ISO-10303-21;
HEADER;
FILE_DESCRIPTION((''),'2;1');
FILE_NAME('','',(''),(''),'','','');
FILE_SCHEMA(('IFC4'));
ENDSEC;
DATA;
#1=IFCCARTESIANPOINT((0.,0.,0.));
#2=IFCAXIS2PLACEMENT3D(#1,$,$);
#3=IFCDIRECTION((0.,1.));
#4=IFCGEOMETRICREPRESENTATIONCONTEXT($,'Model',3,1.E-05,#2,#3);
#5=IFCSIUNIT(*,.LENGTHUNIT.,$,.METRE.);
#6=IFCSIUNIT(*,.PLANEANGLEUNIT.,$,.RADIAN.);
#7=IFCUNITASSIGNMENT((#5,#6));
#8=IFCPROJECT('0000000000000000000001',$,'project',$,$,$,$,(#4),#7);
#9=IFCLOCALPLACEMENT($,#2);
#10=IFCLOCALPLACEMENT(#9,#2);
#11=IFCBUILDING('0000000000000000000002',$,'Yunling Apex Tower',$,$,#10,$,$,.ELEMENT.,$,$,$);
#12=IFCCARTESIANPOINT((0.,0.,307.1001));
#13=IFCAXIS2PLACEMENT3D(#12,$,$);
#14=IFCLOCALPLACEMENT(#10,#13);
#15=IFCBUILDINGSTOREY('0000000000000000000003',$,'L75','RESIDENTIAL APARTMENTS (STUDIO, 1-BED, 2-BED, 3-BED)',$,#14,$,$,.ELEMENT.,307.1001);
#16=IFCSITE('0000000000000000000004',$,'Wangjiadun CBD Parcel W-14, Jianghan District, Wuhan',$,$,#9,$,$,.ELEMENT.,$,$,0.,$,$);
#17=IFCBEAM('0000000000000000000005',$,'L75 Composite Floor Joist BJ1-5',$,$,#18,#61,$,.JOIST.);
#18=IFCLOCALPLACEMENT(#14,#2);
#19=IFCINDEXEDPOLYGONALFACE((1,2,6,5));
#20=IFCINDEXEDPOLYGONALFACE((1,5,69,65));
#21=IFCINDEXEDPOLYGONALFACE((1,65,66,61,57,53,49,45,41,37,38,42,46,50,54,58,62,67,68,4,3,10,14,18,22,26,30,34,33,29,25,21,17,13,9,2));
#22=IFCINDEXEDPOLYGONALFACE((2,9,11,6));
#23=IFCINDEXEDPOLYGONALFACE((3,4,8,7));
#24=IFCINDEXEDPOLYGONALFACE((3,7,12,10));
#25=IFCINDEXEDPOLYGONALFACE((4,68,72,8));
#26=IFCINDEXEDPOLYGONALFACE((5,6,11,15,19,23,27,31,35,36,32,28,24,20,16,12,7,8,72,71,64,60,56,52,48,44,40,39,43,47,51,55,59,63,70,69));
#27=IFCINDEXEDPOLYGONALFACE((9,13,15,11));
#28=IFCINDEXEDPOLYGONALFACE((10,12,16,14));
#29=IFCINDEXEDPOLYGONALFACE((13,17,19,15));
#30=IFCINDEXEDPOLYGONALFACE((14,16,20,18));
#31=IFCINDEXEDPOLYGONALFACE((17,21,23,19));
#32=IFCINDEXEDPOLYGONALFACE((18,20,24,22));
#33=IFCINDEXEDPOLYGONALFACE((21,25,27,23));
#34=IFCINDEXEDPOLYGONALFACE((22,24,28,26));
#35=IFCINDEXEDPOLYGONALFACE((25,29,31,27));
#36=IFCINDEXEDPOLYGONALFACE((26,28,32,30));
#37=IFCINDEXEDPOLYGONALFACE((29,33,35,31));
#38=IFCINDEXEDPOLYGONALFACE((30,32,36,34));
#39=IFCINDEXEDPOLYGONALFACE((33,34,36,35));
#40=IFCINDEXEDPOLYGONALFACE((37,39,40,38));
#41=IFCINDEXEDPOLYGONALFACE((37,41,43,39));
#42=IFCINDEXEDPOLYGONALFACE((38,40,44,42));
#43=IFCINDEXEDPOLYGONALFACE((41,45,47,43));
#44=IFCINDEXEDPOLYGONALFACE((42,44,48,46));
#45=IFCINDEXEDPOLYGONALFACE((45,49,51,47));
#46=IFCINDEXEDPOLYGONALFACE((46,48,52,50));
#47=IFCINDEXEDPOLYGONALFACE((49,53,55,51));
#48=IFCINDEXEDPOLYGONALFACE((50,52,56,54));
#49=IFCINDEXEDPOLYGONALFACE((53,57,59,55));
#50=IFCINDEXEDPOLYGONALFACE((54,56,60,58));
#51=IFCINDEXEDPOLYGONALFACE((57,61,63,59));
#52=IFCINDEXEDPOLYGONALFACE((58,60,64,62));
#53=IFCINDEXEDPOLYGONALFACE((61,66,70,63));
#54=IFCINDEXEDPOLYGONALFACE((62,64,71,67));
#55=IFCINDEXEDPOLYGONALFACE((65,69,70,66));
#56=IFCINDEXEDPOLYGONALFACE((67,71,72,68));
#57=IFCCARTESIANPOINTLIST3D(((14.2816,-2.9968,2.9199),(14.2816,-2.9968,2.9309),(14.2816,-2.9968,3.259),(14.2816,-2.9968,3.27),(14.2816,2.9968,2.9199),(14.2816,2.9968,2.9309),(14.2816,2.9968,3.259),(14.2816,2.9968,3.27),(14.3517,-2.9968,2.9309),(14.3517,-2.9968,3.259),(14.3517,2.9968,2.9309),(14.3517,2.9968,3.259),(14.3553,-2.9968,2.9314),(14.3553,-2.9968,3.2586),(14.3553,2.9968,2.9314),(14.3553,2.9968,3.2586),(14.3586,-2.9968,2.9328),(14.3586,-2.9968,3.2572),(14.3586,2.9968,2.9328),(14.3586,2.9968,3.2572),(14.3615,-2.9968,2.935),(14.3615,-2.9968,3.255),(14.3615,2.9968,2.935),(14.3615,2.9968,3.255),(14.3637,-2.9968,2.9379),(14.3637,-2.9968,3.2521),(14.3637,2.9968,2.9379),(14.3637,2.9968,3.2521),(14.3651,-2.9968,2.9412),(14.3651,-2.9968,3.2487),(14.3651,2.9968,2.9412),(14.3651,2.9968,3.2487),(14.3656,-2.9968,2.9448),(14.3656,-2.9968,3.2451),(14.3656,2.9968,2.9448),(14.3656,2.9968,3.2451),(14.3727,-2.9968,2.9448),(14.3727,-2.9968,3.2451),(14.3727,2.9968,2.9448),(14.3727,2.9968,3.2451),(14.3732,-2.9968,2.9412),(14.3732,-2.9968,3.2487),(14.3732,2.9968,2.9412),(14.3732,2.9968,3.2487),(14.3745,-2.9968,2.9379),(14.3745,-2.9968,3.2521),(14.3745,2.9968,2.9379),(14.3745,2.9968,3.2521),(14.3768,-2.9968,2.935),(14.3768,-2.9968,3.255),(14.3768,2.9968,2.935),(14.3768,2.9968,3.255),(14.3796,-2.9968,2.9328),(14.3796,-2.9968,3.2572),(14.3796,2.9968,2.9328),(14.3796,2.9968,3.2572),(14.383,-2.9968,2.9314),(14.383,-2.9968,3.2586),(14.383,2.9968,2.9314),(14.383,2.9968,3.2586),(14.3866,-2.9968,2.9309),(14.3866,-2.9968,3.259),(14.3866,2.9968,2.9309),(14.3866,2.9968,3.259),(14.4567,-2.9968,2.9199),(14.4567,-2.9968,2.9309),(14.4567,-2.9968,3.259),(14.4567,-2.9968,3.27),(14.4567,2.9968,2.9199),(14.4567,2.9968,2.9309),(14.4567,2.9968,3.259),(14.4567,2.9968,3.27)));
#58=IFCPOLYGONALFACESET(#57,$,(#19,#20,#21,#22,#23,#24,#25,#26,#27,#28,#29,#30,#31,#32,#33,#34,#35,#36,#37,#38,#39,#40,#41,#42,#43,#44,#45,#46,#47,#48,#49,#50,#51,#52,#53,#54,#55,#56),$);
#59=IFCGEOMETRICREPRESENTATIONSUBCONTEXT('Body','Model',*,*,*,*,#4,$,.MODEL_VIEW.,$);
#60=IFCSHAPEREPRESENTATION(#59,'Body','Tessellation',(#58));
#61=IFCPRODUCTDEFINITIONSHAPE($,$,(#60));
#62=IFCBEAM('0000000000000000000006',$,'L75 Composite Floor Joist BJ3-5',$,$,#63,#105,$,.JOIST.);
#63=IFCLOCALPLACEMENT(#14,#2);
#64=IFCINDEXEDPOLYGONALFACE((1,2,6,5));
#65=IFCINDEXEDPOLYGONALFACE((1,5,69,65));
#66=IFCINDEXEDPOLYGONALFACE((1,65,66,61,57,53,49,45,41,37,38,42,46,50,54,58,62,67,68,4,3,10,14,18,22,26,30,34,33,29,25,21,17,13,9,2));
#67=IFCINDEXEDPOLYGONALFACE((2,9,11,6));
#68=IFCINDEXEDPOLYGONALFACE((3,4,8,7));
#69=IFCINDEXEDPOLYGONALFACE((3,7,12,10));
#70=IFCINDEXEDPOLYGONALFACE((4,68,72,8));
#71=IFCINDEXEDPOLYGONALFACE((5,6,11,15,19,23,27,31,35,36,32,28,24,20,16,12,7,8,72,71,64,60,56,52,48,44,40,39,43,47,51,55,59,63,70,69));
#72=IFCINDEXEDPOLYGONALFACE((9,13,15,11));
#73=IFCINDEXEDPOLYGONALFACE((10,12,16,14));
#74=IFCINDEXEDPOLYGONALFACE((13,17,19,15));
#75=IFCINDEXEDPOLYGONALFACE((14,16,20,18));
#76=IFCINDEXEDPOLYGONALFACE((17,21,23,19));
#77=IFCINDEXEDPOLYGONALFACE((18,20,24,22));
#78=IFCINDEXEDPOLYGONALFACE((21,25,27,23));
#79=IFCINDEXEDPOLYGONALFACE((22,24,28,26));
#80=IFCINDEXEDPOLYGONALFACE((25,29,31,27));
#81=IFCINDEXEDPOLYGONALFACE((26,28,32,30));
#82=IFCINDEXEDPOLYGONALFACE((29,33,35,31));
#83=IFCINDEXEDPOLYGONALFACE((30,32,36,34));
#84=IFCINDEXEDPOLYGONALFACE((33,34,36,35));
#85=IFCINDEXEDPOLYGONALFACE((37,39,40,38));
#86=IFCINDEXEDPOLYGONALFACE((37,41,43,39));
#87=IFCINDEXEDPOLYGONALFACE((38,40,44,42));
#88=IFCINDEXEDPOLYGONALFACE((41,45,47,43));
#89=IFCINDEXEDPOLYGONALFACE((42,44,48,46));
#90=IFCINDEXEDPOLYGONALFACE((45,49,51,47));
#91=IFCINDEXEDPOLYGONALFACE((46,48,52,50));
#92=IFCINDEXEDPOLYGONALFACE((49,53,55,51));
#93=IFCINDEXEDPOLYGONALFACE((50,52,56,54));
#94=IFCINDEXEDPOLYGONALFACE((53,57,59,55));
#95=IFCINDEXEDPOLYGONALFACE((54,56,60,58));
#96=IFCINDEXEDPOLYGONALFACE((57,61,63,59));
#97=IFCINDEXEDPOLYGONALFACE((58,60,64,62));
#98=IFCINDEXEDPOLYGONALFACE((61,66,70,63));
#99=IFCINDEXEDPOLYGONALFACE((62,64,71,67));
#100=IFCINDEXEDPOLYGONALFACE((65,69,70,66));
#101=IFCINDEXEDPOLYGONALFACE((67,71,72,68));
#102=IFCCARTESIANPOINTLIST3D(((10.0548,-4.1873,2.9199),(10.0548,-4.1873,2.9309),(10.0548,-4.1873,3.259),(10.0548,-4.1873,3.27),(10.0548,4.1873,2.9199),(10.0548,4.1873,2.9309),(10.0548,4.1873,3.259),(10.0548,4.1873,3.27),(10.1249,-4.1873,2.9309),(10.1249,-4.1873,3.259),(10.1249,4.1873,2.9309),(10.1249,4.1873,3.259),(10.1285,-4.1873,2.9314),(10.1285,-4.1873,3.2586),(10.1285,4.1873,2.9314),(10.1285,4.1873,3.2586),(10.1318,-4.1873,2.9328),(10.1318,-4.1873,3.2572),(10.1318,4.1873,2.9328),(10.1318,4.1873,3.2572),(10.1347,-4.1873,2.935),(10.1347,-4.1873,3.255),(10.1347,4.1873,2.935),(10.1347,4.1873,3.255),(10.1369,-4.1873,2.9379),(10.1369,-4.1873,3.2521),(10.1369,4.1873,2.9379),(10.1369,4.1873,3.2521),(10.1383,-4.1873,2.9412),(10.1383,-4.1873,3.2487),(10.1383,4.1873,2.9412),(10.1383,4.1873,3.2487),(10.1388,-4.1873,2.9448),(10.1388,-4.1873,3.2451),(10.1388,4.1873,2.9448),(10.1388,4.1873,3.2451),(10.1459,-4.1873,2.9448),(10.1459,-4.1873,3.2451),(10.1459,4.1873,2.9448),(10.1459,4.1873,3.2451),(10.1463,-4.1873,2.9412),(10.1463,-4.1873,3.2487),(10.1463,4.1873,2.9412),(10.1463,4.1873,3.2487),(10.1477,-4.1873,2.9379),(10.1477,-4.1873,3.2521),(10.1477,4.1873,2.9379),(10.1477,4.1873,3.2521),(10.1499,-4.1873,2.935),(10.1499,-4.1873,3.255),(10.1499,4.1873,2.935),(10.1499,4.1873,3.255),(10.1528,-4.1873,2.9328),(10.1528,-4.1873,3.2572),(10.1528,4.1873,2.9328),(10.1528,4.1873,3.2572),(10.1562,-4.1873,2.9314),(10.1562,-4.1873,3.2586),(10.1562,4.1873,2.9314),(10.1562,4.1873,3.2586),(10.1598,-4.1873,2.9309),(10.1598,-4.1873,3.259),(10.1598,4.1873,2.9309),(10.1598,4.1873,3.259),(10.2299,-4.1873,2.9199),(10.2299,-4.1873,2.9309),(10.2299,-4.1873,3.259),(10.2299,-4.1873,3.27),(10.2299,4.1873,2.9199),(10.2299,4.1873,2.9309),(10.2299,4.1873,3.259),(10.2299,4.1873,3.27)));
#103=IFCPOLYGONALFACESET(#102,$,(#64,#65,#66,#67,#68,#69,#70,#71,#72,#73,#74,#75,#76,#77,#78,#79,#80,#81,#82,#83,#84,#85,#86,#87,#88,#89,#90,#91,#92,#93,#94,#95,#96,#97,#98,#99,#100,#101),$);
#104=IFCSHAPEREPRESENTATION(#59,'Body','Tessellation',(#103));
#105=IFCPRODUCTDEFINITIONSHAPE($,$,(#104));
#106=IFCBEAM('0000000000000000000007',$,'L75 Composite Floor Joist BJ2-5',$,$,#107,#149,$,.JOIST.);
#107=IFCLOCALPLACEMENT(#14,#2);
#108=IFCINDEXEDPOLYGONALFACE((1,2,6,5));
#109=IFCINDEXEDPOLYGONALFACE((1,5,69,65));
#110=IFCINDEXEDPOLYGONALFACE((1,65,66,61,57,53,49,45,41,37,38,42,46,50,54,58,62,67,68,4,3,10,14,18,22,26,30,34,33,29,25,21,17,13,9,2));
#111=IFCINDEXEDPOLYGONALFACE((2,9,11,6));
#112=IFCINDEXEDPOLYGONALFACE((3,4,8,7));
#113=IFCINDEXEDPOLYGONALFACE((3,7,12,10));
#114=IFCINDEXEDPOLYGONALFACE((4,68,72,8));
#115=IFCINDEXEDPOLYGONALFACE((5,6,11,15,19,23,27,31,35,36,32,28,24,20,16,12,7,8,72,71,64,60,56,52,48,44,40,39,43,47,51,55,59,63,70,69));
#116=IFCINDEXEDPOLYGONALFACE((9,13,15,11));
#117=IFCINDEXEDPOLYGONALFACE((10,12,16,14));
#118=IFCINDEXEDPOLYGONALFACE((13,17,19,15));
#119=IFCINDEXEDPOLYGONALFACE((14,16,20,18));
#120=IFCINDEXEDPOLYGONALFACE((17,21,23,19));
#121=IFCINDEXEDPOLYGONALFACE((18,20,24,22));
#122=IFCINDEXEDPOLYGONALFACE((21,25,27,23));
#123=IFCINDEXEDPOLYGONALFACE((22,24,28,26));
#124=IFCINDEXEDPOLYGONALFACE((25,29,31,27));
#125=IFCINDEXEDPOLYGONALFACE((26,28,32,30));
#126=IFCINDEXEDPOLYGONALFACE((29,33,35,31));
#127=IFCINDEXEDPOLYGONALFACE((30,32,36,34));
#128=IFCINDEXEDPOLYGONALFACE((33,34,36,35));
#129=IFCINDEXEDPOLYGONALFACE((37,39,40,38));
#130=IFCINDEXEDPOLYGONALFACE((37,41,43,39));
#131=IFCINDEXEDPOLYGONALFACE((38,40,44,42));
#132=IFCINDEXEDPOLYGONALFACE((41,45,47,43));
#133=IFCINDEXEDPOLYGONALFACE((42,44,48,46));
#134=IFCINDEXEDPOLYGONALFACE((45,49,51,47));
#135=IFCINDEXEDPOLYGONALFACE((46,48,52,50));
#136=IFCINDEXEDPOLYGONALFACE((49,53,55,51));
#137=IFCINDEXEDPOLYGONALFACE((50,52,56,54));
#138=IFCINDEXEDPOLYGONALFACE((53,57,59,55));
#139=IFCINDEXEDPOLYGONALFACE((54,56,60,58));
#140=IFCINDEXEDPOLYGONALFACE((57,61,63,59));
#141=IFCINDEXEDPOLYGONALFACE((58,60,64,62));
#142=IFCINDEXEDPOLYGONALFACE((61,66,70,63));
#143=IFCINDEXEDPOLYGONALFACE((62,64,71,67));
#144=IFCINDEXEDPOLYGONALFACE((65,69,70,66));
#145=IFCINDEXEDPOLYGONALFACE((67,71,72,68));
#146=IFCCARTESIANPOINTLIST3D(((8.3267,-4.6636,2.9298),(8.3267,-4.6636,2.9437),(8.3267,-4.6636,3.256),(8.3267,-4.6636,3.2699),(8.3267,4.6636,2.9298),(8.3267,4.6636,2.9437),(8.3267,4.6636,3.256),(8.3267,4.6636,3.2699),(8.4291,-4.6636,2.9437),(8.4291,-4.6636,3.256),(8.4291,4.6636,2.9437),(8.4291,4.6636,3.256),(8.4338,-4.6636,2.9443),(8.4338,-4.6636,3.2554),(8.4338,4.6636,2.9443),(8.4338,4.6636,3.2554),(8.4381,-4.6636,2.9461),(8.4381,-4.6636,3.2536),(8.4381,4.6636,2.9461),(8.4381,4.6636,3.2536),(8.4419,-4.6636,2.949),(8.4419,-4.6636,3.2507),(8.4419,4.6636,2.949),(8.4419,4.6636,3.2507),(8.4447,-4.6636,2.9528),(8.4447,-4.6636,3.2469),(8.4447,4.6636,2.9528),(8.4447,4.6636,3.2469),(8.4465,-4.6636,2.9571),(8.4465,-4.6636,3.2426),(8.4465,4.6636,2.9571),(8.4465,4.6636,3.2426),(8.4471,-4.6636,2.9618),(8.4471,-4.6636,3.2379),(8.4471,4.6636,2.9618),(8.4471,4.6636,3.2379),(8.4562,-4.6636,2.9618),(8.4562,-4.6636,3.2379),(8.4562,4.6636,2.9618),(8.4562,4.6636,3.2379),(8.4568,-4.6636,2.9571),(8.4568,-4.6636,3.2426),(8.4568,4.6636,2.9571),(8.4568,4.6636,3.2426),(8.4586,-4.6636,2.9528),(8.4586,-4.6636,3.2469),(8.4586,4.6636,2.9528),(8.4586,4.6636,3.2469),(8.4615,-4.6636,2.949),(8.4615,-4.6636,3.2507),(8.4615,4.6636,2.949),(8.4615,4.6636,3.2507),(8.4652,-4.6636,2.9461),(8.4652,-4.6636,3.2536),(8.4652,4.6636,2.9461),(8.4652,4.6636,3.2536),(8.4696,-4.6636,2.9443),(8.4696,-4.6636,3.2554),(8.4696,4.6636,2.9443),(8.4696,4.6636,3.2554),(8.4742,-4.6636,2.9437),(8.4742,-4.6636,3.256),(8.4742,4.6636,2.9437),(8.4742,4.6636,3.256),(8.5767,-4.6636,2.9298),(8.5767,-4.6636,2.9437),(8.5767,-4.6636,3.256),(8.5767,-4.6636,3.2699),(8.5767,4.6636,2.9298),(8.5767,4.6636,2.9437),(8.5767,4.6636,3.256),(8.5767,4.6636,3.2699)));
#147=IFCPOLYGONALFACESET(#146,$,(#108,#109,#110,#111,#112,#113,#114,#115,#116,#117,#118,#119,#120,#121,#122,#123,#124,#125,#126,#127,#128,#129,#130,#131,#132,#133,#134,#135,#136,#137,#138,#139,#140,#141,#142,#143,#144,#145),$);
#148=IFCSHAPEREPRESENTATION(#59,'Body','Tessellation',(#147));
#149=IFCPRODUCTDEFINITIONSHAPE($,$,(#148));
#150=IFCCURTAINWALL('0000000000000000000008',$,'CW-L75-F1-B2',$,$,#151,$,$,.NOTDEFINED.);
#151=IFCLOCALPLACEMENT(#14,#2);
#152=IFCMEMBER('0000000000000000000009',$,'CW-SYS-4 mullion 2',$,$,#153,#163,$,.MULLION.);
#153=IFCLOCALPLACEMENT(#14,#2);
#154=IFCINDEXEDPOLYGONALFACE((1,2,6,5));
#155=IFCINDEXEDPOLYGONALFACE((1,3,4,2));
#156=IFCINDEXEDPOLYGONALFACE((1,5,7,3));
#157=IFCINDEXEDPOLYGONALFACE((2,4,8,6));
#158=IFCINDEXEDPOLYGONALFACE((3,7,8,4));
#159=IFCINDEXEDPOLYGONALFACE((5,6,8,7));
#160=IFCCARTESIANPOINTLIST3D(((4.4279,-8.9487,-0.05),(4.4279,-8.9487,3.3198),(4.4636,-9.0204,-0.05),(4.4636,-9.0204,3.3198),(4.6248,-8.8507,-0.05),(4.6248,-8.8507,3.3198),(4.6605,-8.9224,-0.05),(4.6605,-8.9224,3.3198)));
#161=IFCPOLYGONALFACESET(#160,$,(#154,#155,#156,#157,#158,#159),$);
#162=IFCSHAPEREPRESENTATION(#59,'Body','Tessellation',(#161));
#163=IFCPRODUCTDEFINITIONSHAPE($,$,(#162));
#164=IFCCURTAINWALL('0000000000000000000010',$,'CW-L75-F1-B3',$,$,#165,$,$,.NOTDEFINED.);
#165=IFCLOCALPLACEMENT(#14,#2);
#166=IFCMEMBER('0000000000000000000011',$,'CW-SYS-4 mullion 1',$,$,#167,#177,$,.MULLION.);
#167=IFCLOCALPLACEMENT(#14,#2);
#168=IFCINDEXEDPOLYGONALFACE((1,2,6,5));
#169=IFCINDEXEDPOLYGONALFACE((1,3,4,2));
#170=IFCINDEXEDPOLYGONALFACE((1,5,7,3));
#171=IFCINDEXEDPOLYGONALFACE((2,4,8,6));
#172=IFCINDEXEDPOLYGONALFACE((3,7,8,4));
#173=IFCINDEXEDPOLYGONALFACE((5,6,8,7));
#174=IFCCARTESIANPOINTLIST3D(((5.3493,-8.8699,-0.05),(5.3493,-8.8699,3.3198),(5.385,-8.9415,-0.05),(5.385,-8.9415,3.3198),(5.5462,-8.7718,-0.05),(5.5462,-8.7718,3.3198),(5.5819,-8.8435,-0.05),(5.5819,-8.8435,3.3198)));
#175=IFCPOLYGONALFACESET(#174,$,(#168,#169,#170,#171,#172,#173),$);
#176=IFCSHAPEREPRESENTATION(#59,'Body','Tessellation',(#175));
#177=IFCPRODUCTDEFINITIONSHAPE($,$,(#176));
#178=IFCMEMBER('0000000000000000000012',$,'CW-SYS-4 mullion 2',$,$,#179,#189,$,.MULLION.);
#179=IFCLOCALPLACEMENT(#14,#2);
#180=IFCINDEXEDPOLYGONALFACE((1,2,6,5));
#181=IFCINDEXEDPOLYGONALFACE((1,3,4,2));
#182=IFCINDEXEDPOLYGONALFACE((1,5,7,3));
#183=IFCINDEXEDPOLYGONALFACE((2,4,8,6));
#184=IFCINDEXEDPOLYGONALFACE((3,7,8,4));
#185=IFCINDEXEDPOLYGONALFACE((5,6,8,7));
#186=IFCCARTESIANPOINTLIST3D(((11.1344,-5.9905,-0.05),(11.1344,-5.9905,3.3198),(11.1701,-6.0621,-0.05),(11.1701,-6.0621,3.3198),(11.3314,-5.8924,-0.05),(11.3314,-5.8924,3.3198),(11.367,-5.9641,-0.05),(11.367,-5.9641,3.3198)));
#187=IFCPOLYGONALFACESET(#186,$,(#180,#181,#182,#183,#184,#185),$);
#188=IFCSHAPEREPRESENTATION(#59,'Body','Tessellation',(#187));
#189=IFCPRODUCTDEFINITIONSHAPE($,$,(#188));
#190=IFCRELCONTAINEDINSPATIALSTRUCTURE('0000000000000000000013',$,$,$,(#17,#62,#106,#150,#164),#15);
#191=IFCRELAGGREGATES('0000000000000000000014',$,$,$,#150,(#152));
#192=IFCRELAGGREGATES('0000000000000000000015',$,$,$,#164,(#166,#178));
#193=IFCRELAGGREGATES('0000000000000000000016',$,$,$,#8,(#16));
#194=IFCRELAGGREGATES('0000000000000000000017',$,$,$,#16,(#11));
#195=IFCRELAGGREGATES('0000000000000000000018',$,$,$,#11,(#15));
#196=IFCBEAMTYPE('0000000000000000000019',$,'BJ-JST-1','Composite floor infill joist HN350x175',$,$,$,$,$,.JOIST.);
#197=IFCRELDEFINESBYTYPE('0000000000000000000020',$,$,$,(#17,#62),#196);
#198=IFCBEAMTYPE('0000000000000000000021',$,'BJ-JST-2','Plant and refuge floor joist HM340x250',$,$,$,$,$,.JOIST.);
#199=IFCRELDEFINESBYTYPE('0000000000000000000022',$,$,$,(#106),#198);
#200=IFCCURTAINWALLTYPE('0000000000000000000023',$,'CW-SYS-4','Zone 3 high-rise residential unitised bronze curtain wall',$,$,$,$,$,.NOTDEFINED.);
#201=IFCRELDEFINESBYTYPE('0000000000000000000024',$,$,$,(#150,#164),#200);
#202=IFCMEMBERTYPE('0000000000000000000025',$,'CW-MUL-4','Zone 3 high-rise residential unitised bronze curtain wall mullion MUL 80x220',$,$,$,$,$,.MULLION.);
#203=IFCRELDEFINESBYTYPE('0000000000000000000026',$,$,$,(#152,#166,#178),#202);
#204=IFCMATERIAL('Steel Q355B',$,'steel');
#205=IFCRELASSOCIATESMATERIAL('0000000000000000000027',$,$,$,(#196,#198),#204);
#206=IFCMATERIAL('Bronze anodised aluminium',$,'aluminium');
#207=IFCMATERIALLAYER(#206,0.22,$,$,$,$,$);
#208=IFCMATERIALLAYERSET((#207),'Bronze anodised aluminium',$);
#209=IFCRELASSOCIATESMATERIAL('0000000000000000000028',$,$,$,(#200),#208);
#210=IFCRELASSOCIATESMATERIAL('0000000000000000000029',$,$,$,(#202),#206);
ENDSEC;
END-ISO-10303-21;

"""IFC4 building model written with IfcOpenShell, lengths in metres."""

from ifc_helpers import new_model, si_unit, direction, frame, origin, origin_2d, place, context, subcontext, project, spatial, rectangle, i_section, extrude, source, transform, mapped, material, layer, layer_set, material_profile, profile_set, type_object, element, aggregate, save


model = new_model("IFC4")

# Units and contexts
model_context = context("Model", 3, precision=1e-05, world=origin(), true_north=direction((0.0, 1.0)))
body_context = subcontext(model_context, "Body", "Model", "MODEL_VIEW")
ifc_project = project(units=[si_unit("LENGTHUNIT", "METRE"), si_unit("PLANEANGLEUNIT", "RADIAN")], contexts=[model_context])

# Site, building, storey
site_placement = place(None, origin())
site = spatial("IfcSite", under=ifc_project, at=site_placement, Name="Wangjiadun CBD Parcel W-14, Jianghan District, Wuhan", CompositionType="ELEMENT", RefElevation=0.0)
building_placement = place(site_placement, origin())
building = spatial("IfcBuilding", under=site, at=building_placement, Name="Yunling Apex Tower", CompositionType="ELEMENT")
storey_placement = place(building_placement, frame((0.0, 0.0, 307.1001)))
storey = spatial("IfcBuildingStorey", under=building, at=storey_placement, Name="L75", Description="RESIDENTIAL APARTMENTS (STUDIO, 1-BED, 2-BED, 3-BED)", CompositionType="ELEMENT", Elevation=307.1001)

# Shared definitions
ifc_material_1 = material(Name="Steel Q355B", Category="steel")

# Beams
ifc_material_profile_1 = material_profile(ifc_material_1, i_section(OverallWidth=0.175, OverallDepth=0.3501, WebThickness=0.0071, FlangeThickness=0.011, FilletRadius=0.0139, at=origin_2d()))
ifc_profile_set_1 = profile_set([ifc_material_profile_1], Name="Steel Q355B")
beam_type_1 = type_object("IfcBeamType", Name="BJ-JST-1", Description="Composite floor infill joist HN350x175", PredefinedType="JOIST", material=ifc_profile_set_1)
shared_shape_1 = source(origin(), body_context, "Body", "SweptSolid", [
    extrude(i_section(OverallWidth=0.175, OverallDepth=0.3501, WebThickness=0.0071, FlangeThickness=0.011, FilletRadius=0.0139, at=origin_2d()), origin(), (0.0, 0.0, 1.0), 5.9937),
])
beam_1_placement = place(storey_placement, frame((14.3691, -2.9968, 3.095), z_axis=(0.0, 1.0, 0.0), x_axis=(-1.0, 0.0, 0.0)))
element("IfcBeam", 1, at=beam_1_placement, inside=storey, type_object=beam_type_1, Name="L75 Composite Floor Joist BJ1-5", PredefinedType="JOIST", context=body_context, shape_type="MappedRepresentation", body=[
    mapped(shared_shape_1, transform((0.0, 0.0, 0.0), scale=1.0)),
])
shared_shape_2 = source(origin(), body_context, "Body", "SweptSolid", [
    extrude(i_section(OverallWidth=0.175, OverallDepth=0.3501, WebThickness=0.0071, FlangeThickness=0.011, FilletRadius=0.0139, at=origin_2d()), origin(), (0.0, 0.0, 1.0), 8.3745),
])
beam_2_placement = place(storey_placement, frame((10.1423, -4.1873, 3.095), z_axis=(0.0, 1.0, 0.0), x_axis=(-1.0, 0.0, 0.0)))
element("IfcBeam", 2, at=beam_2_placement, inside=storey, type_object=beam_type_1, Name="L75 Composite Floor Joist BJ3-5", PredefinedType="JOIST", context=body_context, shape_type="MappedRepresentation", body=[
    mapped(shared_shape_2, transform((0.0, 0.0, 0.0), scale=1.0)),
])
ifc_material_profile_2 = material_profile(ifc_material_1, i_section(OverallWidth=0.25, OverallDepth=0.3401, WebThickness=0.009, FlangeThickness=0.0139, FilletRadius=0.0181, at=origin_2d()))
ifc_profile_set_2 = profile_set([ifc_material_profile_2], Name="Steel Q355B")
beam_type_2 = type_object("IfcBeamType", Name="BJ-JST-2", Description="Plant and refuge floor joist HM340x250", PredefinedType="JOIST", material=ifc_profile_set_2)
shared_shape_3 = source(origin(), body_context, "Body", "SweptSolid", [
    extrude(i_section(OverallWidth=0.25, OverallDepth=0.3401, WebThickness=0.009, FlangeThickness=0.0139, FilletRadius=0.0181, at=origin_2d()), origin(), (0.0, 0.0, 1.0), 9.3271),
])
beam_3_placement = place(storey_placement, frame((8.4517, -4.6636, 3.0999), z_axis=(0.0, 1.0, 0.0), x_axis=(-1.0, 0.0, 0.0)))
element("IfcBeam", 3, at=beam_3_placement, inside=storey, type_object=beam_type_2, Name="L75 Composite Floor Joist BJ2-5", PredefinedType="JOIST", context=body_context, shape_type="MappedRepresentation", body=[
    mapped(shared_shape_3, transform((0.0, 0.0, 0.0), scale=1.0)),
])

# Curtain wall, member
ifc_material_2 = material(Name="Bronze anodised aluminium", Category="aluminium")
ifc_layer_1 = layer(ifc_material_2, 0.22)
ifc_layer_set_1 = layer_set([ifc_layer_1], Name="Bronze anodised aluminium")
curtain_wall_type = type_object("IfcCurtainWallType", Name="CW-SYS-4", Description="Zone 3 high-rise residential unitised bronze curtain wall", PredefinedType="NOTDEFINED", material=ifc_layer_set_1)
curtain_wall_1_placement = place(storey_placement, origin())
curtain_wall_1 = element("IfcCurtainWall", 4, at=curtain_wall_1_placement, inside=storey, type_object=curtain_wall_type, Name="CW-L75-F1-B2", PredefinedType="NOTDEFINED")
ifc_material_profile_3 = material_profile(ifc_material_2, rectangle(XDim=0.0801, YDim=0.22, at=origin_2d()))
ifc_profile_set_3 = profile_set([ifc_material_profile_3], Name="Bronze anodised aluminium")
member_type_1 = type_object("IfcMemberType", Name="CW-MUL-4", Description="Zone 3 high-rise residential unitised bronze curtain wall mullion MUL 80x220", PredefinedType="MULLION", material=ifc_profile_set_3)
shared_shape_4 = source(origin(), body_context, "Body", "SweptSolid", [
    extrude(rectangle(XDim=0.0801, YDim=0.22, at=origin_2d()), origin(), (0.0, 0.0, 1.0), 3.3699),
])
member_1_placement = place(storey_placement, frame((4.5442, -8.9355, -0.05), z_axis=(0.0, 0.0, 1.0), x_axis=(-0.445561, 0.895252, 0.0)))
member_1 = element("IfcMember", 5, at=member_1_placement, type_object=member_type_1, Name="CW-SYS-4 mullion 2", PredefinedType="MULLION", context=body_context, shape_type="MappedRepresentation", body=[
    mapped(shared_shape_4, transform((0.0, 0.0, 0.0), scale=1.0)),
])
aggregate(curtain_wall_1, [member_1])

# Curtain wall, members
curtain_wall_2_placement = place(storey_placement, origin())
curtain_wall_2 = element("IfcCurtainWall", 6, at=curtain_wall_2_placement, inside=storey, type_object=curtain_wall_type, Name="CW-L75-F1-B3", PredefinedType="NOTDEFINED")
member_2_placement = place(storey_placement, frame((5.4656, -8.8567, -0.05), z_axis=(0.0, 0.0, 1.0), x_axis=(-0.44558, 0.895242, 0.0)))
member_2 = element("IfcMember", 7, at=member_2_placement, type_object=member_type_1, Name="CW-SYS-4 mullion 1", PredefinedType="MULLION", context=body_context, shape_type="MappedRepresentation", body=[
    mapped(shared_shape_4, transform((0.0, 0.0, 0.0), scale=1.0)),
])
member_3_placement = place(storey_placement, frame((11.2507, -5.9773, -0.05), z_axis=(0.0, 0.0, 1.0), x_axis=(-0.44558, 0.895242, 0.0)))
member_3 = element("IfcMember", 8, at=member_3_placement, type_object=member_type_1, Name="CW-SYS-4 mullion 2", PredefinedType="MULLION", context=body_context, shape_type="MappedRepresentation", body=[
    mapped(shared_shape_4, transform((0.0, 0.0, 0.0), scale=1.0)),
])

aggregate(curtain_wall_2, [member_2, member_3])

save(model, "model.ifc")
